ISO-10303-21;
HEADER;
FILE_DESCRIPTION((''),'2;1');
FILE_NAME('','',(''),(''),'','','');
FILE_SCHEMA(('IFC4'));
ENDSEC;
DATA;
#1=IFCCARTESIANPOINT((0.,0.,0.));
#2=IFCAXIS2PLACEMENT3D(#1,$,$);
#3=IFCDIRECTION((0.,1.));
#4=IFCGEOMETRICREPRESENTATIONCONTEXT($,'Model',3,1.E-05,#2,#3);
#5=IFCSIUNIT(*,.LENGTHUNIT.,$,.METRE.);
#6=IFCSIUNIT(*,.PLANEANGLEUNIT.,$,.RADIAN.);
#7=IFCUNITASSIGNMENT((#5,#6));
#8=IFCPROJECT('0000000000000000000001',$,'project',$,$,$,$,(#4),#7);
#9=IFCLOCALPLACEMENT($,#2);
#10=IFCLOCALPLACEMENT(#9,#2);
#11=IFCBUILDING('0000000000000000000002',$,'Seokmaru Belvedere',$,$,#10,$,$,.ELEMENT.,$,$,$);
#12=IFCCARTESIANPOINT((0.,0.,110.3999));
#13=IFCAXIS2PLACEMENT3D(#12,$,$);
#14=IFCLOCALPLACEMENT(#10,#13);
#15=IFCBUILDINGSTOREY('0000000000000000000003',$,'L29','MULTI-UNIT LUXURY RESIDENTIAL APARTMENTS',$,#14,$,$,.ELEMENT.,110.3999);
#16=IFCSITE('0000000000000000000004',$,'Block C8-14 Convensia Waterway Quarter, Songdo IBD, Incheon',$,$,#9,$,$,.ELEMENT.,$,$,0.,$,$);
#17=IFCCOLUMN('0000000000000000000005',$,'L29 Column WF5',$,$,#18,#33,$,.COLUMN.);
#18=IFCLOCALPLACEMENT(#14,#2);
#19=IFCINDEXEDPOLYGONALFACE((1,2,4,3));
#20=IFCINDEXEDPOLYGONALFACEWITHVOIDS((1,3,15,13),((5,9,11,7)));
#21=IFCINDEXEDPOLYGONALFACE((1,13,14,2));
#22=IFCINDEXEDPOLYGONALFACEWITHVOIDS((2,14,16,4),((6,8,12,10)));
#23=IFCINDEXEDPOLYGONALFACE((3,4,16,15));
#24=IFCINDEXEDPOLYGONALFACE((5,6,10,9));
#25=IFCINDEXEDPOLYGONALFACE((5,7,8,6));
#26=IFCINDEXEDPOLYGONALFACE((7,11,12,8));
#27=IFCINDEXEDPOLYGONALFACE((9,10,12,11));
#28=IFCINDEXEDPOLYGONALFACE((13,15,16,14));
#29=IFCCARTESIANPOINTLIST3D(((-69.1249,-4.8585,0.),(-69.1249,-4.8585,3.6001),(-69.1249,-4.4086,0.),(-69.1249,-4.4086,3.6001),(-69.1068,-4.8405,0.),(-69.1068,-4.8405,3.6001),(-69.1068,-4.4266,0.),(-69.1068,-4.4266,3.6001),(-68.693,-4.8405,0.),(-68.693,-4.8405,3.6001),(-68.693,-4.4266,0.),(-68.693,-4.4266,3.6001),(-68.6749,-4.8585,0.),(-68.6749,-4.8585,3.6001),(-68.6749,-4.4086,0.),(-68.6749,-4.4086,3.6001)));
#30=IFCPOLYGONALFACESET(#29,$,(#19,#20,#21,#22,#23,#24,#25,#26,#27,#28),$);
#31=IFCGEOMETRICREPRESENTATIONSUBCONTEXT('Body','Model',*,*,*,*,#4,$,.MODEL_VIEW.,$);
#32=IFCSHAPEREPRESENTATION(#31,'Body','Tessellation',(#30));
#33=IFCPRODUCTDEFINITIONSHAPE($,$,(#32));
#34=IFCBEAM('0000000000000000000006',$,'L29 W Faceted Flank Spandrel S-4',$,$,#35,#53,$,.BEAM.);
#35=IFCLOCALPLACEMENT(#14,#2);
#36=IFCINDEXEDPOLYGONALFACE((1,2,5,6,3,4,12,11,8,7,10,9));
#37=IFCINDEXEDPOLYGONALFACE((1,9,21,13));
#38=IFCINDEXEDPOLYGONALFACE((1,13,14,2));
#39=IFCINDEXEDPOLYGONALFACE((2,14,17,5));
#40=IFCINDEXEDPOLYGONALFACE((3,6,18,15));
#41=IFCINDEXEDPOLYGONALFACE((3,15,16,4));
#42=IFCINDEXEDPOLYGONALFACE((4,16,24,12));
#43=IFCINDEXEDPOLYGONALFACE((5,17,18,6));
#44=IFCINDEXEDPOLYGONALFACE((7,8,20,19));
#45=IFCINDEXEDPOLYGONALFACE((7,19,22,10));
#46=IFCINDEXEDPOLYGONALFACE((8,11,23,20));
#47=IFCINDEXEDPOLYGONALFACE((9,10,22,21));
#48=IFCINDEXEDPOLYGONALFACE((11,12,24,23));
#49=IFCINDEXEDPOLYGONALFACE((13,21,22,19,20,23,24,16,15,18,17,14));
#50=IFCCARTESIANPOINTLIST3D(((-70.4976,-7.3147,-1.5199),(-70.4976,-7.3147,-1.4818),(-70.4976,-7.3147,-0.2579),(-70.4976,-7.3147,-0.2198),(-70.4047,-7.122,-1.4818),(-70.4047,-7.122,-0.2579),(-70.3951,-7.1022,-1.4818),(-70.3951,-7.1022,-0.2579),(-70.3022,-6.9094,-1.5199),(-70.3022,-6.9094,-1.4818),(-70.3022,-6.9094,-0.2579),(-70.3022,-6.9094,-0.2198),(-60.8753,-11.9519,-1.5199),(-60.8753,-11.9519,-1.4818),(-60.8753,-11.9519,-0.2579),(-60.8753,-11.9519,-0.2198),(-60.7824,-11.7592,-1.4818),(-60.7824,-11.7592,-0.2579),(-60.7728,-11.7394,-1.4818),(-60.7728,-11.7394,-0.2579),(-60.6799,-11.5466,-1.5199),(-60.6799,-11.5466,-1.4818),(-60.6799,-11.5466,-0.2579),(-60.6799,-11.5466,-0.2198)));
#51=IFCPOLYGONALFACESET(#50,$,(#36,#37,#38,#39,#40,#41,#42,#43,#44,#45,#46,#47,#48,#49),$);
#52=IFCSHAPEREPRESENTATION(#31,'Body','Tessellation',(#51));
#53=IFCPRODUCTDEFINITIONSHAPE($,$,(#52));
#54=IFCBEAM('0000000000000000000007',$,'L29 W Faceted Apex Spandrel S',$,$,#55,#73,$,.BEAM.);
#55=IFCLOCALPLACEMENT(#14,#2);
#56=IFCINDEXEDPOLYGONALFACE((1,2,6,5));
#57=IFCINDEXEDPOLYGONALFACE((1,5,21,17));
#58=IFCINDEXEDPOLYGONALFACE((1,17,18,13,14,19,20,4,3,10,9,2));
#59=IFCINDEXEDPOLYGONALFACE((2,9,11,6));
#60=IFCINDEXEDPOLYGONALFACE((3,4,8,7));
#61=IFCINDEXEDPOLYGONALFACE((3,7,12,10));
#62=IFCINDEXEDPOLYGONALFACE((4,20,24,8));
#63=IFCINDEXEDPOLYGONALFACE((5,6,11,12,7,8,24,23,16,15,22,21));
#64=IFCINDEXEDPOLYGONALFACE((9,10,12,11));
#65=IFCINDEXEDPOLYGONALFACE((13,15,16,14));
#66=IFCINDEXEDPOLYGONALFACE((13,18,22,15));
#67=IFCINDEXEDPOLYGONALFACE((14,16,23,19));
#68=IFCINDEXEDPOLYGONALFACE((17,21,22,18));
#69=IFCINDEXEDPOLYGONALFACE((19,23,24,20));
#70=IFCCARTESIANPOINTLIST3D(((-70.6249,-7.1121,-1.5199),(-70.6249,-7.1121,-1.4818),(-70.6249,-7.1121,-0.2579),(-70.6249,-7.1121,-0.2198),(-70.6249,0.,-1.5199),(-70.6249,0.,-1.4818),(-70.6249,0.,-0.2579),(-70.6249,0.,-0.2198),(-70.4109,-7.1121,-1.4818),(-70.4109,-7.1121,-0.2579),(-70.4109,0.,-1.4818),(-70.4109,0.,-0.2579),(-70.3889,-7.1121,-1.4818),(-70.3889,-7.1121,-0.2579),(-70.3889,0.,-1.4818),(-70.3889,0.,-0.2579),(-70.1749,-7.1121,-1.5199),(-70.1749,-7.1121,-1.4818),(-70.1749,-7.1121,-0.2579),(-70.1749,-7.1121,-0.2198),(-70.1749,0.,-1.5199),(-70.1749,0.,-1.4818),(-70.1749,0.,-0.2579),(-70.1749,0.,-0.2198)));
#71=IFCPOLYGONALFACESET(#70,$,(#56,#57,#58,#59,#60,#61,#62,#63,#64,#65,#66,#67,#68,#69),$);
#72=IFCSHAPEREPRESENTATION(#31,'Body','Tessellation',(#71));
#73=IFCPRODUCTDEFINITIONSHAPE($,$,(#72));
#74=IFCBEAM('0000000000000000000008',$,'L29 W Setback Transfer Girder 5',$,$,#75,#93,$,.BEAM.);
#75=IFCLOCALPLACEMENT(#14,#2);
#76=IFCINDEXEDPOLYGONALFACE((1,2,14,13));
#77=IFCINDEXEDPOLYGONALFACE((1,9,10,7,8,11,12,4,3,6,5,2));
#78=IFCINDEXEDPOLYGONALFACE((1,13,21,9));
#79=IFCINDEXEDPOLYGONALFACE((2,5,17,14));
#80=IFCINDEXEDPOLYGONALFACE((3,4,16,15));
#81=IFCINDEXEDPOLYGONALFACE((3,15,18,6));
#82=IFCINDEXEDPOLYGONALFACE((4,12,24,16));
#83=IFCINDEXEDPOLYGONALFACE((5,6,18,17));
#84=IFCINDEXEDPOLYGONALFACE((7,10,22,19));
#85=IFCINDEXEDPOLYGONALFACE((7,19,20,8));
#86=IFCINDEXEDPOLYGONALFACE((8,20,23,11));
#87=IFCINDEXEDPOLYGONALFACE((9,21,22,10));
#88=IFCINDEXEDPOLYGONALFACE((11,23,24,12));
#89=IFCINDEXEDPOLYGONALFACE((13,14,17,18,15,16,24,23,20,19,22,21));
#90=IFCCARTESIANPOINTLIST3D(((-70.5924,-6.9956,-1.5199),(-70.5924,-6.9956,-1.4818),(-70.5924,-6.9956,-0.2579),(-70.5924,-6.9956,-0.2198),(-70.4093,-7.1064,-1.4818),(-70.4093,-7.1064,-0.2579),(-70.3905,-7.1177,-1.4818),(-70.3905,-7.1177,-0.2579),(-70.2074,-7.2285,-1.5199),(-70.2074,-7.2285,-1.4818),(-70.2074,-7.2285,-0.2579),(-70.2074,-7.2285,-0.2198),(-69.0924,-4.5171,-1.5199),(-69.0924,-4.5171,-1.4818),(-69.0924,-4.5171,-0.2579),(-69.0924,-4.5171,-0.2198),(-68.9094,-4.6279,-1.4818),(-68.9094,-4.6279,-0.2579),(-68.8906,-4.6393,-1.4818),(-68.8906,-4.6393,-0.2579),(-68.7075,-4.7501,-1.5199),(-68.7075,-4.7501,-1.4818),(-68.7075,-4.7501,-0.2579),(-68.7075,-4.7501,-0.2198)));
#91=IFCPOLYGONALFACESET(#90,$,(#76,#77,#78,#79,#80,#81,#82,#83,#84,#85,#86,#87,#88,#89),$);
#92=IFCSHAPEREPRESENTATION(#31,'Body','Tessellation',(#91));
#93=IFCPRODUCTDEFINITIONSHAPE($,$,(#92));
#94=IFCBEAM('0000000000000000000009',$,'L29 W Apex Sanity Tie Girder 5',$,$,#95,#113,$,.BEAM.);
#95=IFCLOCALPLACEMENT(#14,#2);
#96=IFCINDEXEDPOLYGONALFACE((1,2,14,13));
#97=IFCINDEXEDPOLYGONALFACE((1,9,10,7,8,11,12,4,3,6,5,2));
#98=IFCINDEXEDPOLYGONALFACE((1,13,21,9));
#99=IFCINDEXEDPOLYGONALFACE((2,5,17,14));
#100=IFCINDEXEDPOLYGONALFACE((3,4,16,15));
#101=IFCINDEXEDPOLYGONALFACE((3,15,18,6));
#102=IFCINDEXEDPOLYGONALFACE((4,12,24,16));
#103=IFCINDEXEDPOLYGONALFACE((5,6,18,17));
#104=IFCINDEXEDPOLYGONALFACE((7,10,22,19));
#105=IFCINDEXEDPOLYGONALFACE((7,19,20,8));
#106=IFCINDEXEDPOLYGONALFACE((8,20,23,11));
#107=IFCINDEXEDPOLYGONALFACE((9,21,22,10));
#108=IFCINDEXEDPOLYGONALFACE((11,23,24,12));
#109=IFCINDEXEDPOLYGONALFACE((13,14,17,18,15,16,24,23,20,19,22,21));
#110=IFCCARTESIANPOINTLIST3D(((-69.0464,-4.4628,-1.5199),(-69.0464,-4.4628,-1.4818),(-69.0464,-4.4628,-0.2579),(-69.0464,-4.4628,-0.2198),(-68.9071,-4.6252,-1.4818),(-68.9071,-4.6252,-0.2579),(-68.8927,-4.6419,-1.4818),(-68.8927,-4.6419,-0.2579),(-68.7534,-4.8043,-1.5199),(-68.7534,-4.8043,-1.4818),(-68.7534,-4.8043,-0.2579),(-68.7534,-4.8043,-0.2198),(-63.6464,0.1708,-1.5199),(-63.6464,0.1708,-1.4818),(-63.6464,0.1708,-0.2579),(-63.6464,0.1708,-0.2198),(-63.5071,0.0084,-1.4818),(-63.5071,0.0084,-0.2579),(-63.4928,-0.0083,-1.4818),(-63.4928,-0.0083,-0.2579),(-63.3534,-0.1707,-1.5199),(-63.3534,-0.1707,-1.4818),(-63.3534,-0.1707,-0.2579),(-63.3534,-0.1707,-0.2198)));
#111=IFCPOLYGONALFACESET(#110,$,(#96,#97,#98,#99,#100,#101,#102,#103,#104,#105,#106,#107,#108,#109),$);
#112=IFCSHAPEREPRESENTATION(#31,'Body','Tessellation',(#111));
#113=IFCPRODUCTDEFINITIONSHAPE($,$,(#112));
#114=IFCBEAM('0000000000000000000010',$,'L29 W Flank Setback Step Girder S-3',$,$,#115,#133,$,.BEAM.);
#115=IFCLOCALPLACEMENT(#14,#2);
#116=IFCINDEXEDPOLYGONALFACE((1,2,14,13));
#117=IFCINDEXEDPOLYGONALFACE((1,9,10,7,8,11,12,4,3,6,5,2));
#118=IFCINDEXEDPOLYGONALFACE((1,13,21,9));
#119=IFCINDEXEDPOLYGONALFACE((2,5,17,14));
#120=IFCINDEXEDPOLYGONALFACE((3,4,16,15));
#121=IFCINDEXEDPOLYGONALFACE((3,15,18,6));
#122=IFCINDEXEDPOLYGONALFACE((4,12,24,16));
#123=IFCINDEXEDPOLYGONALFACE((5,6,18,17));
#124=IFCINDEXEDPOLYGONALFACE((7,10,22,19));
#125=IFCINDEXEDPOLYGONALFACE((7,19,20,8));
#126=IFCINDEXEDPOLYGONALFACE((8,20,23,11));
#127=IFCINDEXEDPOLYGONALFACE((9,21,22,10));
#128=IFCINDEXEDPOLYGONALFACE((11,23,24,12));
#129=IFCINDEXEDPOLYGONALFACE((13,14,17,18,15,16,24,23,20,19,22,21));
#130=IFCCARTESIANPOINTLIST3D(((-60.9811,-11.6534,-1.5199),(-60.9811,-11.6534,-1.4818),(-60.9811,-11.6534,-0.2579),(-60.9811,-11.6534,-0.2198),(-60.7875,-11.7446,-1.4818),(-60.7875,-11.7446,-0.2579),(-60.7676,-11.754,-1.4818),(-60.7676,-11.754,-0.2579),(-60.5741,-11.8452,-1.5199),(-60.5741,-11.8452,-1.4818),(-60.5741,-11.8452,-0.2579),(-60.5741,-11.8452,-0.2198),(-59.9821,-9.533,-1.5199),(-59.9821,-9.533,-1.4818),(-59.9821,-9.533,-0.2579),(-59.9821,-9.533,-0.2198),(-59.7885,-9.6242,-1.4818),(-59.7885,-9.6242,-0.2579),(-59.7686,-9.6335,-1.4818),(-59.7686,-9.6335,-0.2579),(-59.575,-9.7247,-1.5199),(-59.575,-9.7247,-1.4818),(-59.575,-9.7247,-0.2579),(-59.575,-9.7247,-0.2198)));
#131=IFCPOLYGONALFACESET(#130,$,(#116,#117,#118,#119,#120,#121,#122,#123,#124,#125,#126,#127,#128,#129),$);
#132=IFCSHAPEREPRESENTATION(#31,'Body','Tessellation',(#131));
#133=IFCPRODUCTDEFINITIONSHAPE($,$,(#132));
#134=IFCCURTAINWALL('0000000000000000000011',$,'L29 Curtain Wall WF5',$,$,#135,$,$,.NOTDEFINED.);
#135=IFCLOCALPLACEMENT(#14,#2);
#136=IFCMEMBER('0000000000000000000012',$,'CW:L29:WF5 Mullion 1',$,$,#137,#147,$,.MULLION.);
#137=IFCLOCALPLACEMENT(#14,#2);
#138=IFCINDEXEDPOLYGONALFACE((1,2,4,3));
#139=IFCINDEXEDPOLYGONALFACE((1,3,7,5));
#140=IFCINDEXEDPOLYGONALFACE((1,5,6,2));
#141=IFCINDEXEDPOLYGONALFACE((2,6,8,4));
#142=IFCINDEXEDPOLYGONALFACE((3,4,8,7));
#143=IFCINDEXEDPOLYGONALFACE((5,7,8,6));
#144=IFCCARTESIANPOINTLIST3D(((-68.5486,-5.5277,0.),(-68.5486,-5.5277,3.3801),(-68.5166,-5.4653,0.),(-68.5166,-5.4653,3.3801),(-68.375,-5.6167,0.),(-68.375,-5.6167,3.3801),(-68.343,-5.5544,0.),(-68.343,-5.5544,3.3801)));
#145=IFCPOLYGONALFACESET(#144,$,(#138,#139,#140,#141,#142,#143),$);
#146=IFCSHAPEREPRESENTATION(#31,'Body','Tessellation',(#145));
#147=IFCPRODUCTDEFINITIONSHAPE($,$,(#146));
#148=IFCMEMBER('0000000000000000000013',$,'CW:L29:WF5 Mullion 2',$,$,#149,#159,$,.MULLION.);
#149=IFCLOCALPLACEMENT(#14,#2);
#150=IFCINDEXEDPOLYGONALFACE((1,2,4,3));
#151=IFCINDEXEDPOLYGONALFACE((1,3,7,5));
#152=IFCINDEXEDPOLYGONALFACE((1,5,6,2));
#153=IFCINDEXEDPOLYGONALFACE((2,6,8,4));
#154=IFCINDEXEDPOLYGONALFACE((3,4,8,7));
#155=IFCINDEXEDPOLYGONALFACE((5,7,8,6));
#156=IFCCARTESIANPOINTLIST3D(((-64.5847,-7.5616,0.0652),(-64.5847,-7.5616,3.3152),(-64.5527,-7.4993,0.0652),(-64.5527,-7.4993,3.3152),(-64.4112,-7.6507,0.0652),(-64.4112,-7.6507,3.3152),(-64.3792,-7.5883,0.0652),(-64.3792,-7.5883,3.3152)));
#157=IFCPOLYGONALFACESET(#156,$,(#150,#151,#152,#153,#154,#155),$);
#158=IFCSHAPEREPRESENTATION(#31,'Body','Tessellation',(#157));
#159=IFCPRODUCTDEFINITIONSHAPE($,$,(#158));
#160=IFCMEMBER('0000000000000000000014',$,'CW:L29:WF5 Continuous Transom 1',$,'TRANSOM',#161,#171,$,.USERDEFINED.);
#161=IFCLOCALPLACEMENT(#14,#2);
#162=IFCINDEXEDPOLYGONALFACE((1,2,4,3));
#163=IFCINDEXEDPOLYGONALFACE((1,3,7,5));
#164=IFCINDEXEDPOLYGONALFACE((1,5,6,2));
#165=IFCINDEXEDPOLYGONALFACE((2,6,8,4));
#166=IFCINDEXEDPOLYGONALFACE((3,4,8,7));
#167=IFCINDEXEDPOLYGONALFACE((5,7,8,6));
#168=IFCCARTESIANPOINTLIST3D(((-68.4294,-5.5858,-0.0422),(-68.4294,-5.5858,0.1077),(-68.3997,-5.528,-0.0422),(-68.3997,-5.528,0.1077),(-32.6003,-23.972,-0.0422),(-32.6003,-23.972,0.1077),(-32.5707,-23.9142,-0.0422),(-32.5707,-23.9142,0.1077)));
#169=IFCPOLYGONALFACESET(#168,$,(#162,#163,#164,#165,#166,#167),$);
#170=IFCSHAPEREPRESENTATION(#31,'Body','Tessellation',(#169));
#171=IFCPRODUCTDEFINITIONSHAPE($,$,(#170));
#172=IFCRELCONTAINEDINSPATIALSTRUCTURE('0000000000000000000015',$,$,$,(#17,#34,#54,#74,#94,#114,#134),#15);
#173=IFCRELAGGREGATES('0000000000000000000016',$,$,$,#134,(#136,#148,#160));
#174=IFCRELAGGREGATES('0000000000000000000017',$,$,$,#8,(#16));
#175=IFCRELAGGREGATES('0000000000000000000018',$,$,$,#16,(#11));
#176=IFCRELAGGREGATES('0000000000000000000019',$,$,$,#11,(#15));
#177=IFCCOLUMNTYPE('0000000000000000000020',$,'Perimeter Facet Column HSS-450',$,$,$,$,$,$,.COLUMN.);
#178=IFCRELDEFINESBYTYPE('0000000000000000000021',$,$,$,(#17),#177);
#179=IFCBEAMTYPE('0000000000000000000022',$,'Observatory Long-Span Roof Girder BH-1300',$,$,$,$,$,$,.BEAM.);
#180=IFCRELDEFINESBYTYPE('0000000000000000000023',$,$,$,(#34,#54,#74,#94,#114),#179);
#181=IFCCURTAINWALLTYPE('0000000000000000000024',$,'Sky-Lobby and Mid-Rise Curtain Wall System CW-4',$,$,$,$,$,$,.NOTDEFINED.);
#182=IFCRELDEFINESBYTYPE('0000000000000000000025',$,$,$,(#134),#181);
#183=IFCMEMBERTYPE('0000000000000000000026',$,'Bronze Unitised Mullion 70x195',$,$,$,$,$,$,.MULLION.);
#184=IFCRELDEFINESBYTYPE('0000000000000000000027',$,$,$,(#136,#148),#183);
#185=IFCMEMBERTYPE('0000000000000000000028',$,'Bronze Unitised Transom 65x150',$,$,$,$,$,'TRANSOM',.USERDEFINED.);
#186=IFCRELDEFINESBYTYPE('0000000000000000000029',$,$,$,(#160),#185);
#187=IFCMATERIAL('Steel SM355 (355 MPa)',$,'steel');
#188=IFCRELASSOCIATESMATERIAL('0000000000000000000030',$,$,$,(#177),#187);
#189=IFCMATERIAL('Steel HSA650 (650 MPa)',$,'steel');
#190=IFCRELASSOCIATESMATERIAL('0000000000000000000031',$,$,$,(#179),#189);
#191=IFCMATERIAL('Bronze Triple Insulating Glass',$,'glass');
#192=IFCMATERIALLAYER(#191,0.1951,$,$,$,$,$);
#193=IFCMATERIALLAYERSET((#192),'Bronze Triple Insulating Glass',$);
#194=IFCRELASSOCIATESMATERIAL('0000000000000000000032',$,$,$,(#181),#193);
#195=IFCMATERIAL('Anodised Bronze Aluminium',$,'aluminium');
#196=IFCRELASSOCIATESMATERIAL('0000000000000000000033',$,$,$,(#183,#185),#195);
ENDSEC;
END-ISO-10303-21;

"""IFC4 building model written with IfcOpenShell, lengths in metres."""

from ifc_helpers import new_model, si_unit, direction, frame, origin, origin_2d, place, context, subcontext, project, spatial, rectangle, hollow_rectangle, i_section, extrude, source, transform, mapped, material, layer, layer_set, material_profile, profile_set, type_object, type_shapes, element, aggregate, save


model = new_model("IFC4")

# Units and contexts
model_context = context("Model", 3, precision=1e-05, world=origin(), true_north=direction((0.0, 1.0)))
body_context = subcontext(model_context, "Body", "Model", "MODEL_VIEW")
ifc_project = project(units=[si_unit("LENGTHUNIT", "METRE"), si_unit("PLANEANGLEUNIT", "RADIAN")], contexts=[model_context])

# Site, building, storey
site_placement = place(None, origin())
site = spatial("IfcSite", under=ifc_project, at=site_placement, Name="Block C8-14 Convensia Waterway Quarter, Songdo IBD, Incheon", CompositionType="ELEMENT", RefElevation=0.0)
building_placement = place(site_placement, origin())
building = spatial("IfcBuilding", under=site, at=building_placement, Name="Seokmaru Belvedere", CompositionType="ELEMENT")
storey_placement = place(building_placement, frame((0.0, 0.0, 110.3999)))
storey = spatial("IfcBuildingStorey", under=building, at=storey_placement, Name="L29", Description="MULTI-UNIT LUXURY RESIDENTIAL APARTMENTS", CompositionType="ELEMENT", Elevation=110.3999)

# Column
ifc_material_1 = material(Name="Steel SM355 (355 MPa)", Category="steel")
ifc_material_profile_1 = material_profile(ifc_material_1, hollow_rectangle(XDim=0.45, YDim=0.45, WallThickness=0.0181, at=origin_2d()), Name="HSS-450x450x18")
ifc_profile_set_1 = profile_set([ifc_material_profile_1], Name="Steel SM355 (355 MPa)")
column_type = type_object("IfcColumnType", Name="Perimeter Facet Column HSS-450", PredefinedType="COLUMN", material=ifc_profile_set_1)
shared_shape_1 = source(origin(), body_context, "Body", "SweptSolid", [
    extrude(hollow_rectangle(XDim=0.45, YDim=0.45, WallThickness=0.0181, at=origin_2d()), origin(), (0.0, 0.0, 1.0), 3.6001),
])
type_shapes(column_type, [shared_shape_1])
column_placement = place(storey_placement, frame((-68.8999, -4.6335, 0.0), z_axis=(0.0, 0.0, 1.0), x_axis=(1.0, 0.0, 0.0)))
element("IfcColumn", 1, at=column_placement, inside=storey, type_object=column_type, Name="L29 Column WF5", PredefinedType="COLUMN", context=body_context, shape_type="MappedRepresentation", body=[
    mapped(shared_shape_1, transform((0.0, 0.0, 0.0), scale=1.0)),
])

# Beams
ifc_material_2 = material(Name="Steel HSA650 (650 MPa)", Category="steel")
ifc_material_profile_2 = material_profile(ifc_material_2, i_section(OverallWidth=0.45, OverallDepth=1.3, WebThickness=0.022, FlangeThickness=0.0381, at=origin_2d()), Name="BH-1300x450x22x38")
ifc_profile_set_2 = profile_set([ifc_material_profile_2], Name="Steel HSA650 (650 MPa)")
beam_type = type_object("IfcBeamType", Name="Observatory Long-Span Roof Girder BH-1300", PredefinedType="BEAM", material=ifc_profile_set_2)
shared_shape_2 = source(origin(), body_context, "Body", "SweptSolid", [
    extrude(i_section(OverallWidth=0.45, OverallDepth=1.3, WebThickness=0.022, FlangeThickness=0.0381, at=origin_2d()), origin(), (0.0, 0.0, 1.0), 10.6814),
])
beam_1_placement = place(storey_placement, frame((-60.7776, -11.7493, -0.8699), z_axis=(-0.900846, 0.434138, 0.0), x_axis=(-0.434138, -0.900846, 0.0)))
element("IfcBeam", 2, at=beam_1_placement, inside=storey, type_object=beam_type, Name="L29 W Faceted Flank Spandrel S-4", PredefinedType="BEAM", context=body_context, shape_type="MappedRepresentation", body=[
    mapped(shared_shape_2, transform((0.0, 0.0, 0.0), scale=1.0)),
])
shared_shape_3 = source(origin(), body_context, "Body", "SweptSolid", [
    extrude(i_section(OverallWidth=0.45, OverallDepth=1.3, WebThickness=0.022, FlangeThickness=0.0381, at=origin_2d()), origin(), (0.0, 0.0, 1.0), 7.1121),
])
beam_2_placement = place(storey_placement, frame((-70.3999, -7.1121, -0.8699), z_axis=(0.0, 1.0, 0.0), x_axis=(-1.0, 0.0, 0.0)))
element("IfcBeam", 3, at=beam_2_placement, inside=storey, type_object=beam_type, Name="L29 W Faceted Apex Spandrel S", PredefinedType="BEAM", context=body_context, shape_type="MappedRepresentation", body=[
    mapped(shared_shape_3, transform((0.0, 0.0, 0.0), scale=1.0)),
])
shared_shape_4 = source(origin(), body_context, "Body", "SweptSolid", [
    extrude(i_section(OverallWidth=0.45, OverallDepth=1.3, WebThickness=0.022, FlangeThickness=0.0381, at=origin_2d()), origin(), (0.0, 0.0, 1.0), 2.897),
])
beam_3_placement = place(storey_placement, frame((-70.3999, -7.1121, -0.8699), z_axis=(0.517764, 0.855524, 0.0), x_axis=(-0.855524, 0.517764, 0.0)))
element("IfcBeam", 4, at=beam_3_placement, inside=storey, type_object=beam_type, Name="L29 W Setback Transfer Girder 5", PredefinedType="BEAM", context=body_context, shape_type="MappedRepresentation", body=[
    mapped(shared_shape_4, transform((0.0, 0.0, 0.0), scale=1.0)),
])
shared_shape_5 = source(origin(), body_context, "Body", "SweptSolid", [
    extrude(i_section(OverallWidth=0.45, OverallDepth=1.3, WebThickness=0.022, FlangeThickness=0.0381, at=origin_2d()), origin(), (0.0, 0.0, 1.0), 7.1155),
])
beam_4_placement = place(storey_placement, frame((-68.8999, -4.6335, -0.8699), z_axis=(0.758905, 0.651201, 0.0), x_axis=(-0.651201, 0.758905, 0.0)))
element("IfcBeam", 5, at=beam_4_placement, inside=storey, type_object=beam_type, Name="L29 W Apex Sanity Tie Girder 5", PredefinedType="BEAM", context=body_context, shape_type="MappedRepresentation", body=[
    mapped(shared_shape_5, transform((0.0, 0.0, 0.0), scale=1.0)),
])
shared_shape_6 = source(origin(), body_context, "Body", "SweptSolid", [
    extrude(i_section(OverallWidth=0.45, OverallDepth=1.3, WebThickness=0.022, FlangeThickness=0.0381, at=origin_2d()), origin(), (0.0, 0.0, 1.0), 2.344),
])
type_shapes(beam_type, [shared_shape_2, shared_shape_3, shared_shape_4, shared_shape_5, shared_shape_6])
beam_5_placement = place(storey_placement, frame((-60.7776, -11.7493, -0.8699), z_axis=(0.426218, 0.90462, 0.0), x_axis=(-0.90462, 0.426218, 0.0)))
element("IfcBeam", 6, at=beam_5_placement, inside=storey, type_object=beam_type, Name="L29 W Flank Setback Step Girder S-3", PredefinedType="BEAM", context=body_context, shape_type="MappedRepresentation", body=[
    mapped(shared_shape_6, transform((0.0, 0.0, 0.0), scale=1.0)),
])

# Curtain wall, members
ifc_material_3 = material(Name="Bronze Triple Insulating Glass", Category="glass")
ifc_layer_1 = layer(ifc_material_3, 0.1951)
ifc_layer_set_1 = layer_set([ifc_layer_1], Name="Bronze Triple Insulating Glass")
curtain_wall_type = type_object("IfcCurtainWallType", Name="Sky-Lobby and Mid-Rise Curtain Wall System CW-4", PredefinedType="NOTDEFINED", material=ifc_layer_set_1)
curtain_wall_placement = place(storey_placement, origin())
curtain_wall = element("IfcCurtainWall", 7, at=curtain_wall_placement, inside=storey, type_object=curtain_wall_type, Name="L29 Curtain Wall WF5", PredefinedType="NOTDEFINED")
ifc_material_4 = material(Name="Anodised Bronze Aluminium", Category="aluminium")
ifc_material_profile_3 = material_profile(ifc_material_4, rectangle(XDim=0.0701, YDim=0.1951, at=origin_2d()), Name="CW-M-70x195")
ifc_profile_set_3 = profile_set([ifc_material_profile_3], Name="Anodised Bronze Aluminium")
member_type_1 = type_object("IfcMemberType", Name="Bronze Unitised Mullion 70x195", PredefinedType="MULLION", material=ifc_profile_set_3)
shared_shape_7 = source(origin(), body_context, "Body", "SweptSolid", [
    extrude(rectangle(XDim=0.0701, YDim=0.1951, at=origin_2d()), origin(), (0.0, 0.0, 1.0), 3.3801),
])
member_1_placement = place(storey_placement, frame((-68.4458, -5.541, 0.0), z_axis=(0.0, 0.0, 1.0), x_axis=(0.456555, 0.889695, 0.0)))
member_1 = element("IfcMember", 8, at=member_1_placement, type_object=member_type_1, Name="CW:L29:WF5 Mullion 1", PredefinedType="MULLION", context=body_context, shape_type="MappedRepresentation", body=[
    mapped(shared_shape_7, transform((0.0, 0.0, 0.0), scale=1.0)),
])
shared_shape_8 = source(origin(), body_context, "Body", "SweptSolid", [
    extrude(rectangle(XDim=0.0701, YDim=0.1951, at=origin_2d()), origin(), (0.0, 0.0, 1.0), 3.25),
])
type_shapes(member_type_1, [shared_shape_7, shared_shape_8])
member_2_placement = place(storey_placement, frame((-64.4819, -7.575, 0.0652), z_axis=(0.0, 0.0, 1.0), x_axis=(0.456555, 0.889695, 0.0)))
member_2 = element("IfcMember", 9, at=member_2_placement, type_object=member_type_1, Name="CW:L29:WF5 Mullion 2", PredefinedType="MULLION", context=body_context, shape_type="MappedRepresentation", body=[
    mapped(shared_shape_8, transform((0.0, 0.0, 0.0), scale=1.0)),
])
ifc_material_profile_4 = material_profile(ifc_material_4, rectangle(XDim=0.0649, YDim=0.1499, at=origin_2d()), Name="CW-T-65x150")
ifc_profile_set_4 = profile_set([ifc_material_profile_4], Name="Anodised Bronze Aluminium")
member_type_2 = type_object("IfcMemberType", Name="Bronze Unitised Transom 65x150", ElementType="TRANSOM", PredefinedType="USERDEFINED", material=ifc_profile_set_4)
shared_shape_9 = source(origin(), body_context, "Body", "SweptSolid", [
    extrude(rectangle(XDim=0.0649, YDim=0.1499, at=origin_2d()), origin(), (0.0, 0.0, 1.0), 40.2712),
])
type_shapes(member_type_2, [shared_shape_9])
member_3_placement = place(storey_placement, frame((-68.4146, -5.5569, 0.0327), z_axis=(0.889693, -0.456559, 0.0), x_axis=(0.456559, 0.889693, 0.0)))
member_3 = element("IfcMember", 10, at=member_3_placement, type_object=member_type_2, Name="CW:L29:WF5 Continuous Transom 1", ObjectType="TRANSOM", PredefinedType="USERDEFINED", context=body_context, shape_type="MappedRepresentation", body=[
    mapped(shared_shape_9, transform((0.0, 0.0, 0.0), scale=1.0)),
])
aggregate(curtain_wall, [member_1, member_2, member_3])

save(model, "model.ifc")
